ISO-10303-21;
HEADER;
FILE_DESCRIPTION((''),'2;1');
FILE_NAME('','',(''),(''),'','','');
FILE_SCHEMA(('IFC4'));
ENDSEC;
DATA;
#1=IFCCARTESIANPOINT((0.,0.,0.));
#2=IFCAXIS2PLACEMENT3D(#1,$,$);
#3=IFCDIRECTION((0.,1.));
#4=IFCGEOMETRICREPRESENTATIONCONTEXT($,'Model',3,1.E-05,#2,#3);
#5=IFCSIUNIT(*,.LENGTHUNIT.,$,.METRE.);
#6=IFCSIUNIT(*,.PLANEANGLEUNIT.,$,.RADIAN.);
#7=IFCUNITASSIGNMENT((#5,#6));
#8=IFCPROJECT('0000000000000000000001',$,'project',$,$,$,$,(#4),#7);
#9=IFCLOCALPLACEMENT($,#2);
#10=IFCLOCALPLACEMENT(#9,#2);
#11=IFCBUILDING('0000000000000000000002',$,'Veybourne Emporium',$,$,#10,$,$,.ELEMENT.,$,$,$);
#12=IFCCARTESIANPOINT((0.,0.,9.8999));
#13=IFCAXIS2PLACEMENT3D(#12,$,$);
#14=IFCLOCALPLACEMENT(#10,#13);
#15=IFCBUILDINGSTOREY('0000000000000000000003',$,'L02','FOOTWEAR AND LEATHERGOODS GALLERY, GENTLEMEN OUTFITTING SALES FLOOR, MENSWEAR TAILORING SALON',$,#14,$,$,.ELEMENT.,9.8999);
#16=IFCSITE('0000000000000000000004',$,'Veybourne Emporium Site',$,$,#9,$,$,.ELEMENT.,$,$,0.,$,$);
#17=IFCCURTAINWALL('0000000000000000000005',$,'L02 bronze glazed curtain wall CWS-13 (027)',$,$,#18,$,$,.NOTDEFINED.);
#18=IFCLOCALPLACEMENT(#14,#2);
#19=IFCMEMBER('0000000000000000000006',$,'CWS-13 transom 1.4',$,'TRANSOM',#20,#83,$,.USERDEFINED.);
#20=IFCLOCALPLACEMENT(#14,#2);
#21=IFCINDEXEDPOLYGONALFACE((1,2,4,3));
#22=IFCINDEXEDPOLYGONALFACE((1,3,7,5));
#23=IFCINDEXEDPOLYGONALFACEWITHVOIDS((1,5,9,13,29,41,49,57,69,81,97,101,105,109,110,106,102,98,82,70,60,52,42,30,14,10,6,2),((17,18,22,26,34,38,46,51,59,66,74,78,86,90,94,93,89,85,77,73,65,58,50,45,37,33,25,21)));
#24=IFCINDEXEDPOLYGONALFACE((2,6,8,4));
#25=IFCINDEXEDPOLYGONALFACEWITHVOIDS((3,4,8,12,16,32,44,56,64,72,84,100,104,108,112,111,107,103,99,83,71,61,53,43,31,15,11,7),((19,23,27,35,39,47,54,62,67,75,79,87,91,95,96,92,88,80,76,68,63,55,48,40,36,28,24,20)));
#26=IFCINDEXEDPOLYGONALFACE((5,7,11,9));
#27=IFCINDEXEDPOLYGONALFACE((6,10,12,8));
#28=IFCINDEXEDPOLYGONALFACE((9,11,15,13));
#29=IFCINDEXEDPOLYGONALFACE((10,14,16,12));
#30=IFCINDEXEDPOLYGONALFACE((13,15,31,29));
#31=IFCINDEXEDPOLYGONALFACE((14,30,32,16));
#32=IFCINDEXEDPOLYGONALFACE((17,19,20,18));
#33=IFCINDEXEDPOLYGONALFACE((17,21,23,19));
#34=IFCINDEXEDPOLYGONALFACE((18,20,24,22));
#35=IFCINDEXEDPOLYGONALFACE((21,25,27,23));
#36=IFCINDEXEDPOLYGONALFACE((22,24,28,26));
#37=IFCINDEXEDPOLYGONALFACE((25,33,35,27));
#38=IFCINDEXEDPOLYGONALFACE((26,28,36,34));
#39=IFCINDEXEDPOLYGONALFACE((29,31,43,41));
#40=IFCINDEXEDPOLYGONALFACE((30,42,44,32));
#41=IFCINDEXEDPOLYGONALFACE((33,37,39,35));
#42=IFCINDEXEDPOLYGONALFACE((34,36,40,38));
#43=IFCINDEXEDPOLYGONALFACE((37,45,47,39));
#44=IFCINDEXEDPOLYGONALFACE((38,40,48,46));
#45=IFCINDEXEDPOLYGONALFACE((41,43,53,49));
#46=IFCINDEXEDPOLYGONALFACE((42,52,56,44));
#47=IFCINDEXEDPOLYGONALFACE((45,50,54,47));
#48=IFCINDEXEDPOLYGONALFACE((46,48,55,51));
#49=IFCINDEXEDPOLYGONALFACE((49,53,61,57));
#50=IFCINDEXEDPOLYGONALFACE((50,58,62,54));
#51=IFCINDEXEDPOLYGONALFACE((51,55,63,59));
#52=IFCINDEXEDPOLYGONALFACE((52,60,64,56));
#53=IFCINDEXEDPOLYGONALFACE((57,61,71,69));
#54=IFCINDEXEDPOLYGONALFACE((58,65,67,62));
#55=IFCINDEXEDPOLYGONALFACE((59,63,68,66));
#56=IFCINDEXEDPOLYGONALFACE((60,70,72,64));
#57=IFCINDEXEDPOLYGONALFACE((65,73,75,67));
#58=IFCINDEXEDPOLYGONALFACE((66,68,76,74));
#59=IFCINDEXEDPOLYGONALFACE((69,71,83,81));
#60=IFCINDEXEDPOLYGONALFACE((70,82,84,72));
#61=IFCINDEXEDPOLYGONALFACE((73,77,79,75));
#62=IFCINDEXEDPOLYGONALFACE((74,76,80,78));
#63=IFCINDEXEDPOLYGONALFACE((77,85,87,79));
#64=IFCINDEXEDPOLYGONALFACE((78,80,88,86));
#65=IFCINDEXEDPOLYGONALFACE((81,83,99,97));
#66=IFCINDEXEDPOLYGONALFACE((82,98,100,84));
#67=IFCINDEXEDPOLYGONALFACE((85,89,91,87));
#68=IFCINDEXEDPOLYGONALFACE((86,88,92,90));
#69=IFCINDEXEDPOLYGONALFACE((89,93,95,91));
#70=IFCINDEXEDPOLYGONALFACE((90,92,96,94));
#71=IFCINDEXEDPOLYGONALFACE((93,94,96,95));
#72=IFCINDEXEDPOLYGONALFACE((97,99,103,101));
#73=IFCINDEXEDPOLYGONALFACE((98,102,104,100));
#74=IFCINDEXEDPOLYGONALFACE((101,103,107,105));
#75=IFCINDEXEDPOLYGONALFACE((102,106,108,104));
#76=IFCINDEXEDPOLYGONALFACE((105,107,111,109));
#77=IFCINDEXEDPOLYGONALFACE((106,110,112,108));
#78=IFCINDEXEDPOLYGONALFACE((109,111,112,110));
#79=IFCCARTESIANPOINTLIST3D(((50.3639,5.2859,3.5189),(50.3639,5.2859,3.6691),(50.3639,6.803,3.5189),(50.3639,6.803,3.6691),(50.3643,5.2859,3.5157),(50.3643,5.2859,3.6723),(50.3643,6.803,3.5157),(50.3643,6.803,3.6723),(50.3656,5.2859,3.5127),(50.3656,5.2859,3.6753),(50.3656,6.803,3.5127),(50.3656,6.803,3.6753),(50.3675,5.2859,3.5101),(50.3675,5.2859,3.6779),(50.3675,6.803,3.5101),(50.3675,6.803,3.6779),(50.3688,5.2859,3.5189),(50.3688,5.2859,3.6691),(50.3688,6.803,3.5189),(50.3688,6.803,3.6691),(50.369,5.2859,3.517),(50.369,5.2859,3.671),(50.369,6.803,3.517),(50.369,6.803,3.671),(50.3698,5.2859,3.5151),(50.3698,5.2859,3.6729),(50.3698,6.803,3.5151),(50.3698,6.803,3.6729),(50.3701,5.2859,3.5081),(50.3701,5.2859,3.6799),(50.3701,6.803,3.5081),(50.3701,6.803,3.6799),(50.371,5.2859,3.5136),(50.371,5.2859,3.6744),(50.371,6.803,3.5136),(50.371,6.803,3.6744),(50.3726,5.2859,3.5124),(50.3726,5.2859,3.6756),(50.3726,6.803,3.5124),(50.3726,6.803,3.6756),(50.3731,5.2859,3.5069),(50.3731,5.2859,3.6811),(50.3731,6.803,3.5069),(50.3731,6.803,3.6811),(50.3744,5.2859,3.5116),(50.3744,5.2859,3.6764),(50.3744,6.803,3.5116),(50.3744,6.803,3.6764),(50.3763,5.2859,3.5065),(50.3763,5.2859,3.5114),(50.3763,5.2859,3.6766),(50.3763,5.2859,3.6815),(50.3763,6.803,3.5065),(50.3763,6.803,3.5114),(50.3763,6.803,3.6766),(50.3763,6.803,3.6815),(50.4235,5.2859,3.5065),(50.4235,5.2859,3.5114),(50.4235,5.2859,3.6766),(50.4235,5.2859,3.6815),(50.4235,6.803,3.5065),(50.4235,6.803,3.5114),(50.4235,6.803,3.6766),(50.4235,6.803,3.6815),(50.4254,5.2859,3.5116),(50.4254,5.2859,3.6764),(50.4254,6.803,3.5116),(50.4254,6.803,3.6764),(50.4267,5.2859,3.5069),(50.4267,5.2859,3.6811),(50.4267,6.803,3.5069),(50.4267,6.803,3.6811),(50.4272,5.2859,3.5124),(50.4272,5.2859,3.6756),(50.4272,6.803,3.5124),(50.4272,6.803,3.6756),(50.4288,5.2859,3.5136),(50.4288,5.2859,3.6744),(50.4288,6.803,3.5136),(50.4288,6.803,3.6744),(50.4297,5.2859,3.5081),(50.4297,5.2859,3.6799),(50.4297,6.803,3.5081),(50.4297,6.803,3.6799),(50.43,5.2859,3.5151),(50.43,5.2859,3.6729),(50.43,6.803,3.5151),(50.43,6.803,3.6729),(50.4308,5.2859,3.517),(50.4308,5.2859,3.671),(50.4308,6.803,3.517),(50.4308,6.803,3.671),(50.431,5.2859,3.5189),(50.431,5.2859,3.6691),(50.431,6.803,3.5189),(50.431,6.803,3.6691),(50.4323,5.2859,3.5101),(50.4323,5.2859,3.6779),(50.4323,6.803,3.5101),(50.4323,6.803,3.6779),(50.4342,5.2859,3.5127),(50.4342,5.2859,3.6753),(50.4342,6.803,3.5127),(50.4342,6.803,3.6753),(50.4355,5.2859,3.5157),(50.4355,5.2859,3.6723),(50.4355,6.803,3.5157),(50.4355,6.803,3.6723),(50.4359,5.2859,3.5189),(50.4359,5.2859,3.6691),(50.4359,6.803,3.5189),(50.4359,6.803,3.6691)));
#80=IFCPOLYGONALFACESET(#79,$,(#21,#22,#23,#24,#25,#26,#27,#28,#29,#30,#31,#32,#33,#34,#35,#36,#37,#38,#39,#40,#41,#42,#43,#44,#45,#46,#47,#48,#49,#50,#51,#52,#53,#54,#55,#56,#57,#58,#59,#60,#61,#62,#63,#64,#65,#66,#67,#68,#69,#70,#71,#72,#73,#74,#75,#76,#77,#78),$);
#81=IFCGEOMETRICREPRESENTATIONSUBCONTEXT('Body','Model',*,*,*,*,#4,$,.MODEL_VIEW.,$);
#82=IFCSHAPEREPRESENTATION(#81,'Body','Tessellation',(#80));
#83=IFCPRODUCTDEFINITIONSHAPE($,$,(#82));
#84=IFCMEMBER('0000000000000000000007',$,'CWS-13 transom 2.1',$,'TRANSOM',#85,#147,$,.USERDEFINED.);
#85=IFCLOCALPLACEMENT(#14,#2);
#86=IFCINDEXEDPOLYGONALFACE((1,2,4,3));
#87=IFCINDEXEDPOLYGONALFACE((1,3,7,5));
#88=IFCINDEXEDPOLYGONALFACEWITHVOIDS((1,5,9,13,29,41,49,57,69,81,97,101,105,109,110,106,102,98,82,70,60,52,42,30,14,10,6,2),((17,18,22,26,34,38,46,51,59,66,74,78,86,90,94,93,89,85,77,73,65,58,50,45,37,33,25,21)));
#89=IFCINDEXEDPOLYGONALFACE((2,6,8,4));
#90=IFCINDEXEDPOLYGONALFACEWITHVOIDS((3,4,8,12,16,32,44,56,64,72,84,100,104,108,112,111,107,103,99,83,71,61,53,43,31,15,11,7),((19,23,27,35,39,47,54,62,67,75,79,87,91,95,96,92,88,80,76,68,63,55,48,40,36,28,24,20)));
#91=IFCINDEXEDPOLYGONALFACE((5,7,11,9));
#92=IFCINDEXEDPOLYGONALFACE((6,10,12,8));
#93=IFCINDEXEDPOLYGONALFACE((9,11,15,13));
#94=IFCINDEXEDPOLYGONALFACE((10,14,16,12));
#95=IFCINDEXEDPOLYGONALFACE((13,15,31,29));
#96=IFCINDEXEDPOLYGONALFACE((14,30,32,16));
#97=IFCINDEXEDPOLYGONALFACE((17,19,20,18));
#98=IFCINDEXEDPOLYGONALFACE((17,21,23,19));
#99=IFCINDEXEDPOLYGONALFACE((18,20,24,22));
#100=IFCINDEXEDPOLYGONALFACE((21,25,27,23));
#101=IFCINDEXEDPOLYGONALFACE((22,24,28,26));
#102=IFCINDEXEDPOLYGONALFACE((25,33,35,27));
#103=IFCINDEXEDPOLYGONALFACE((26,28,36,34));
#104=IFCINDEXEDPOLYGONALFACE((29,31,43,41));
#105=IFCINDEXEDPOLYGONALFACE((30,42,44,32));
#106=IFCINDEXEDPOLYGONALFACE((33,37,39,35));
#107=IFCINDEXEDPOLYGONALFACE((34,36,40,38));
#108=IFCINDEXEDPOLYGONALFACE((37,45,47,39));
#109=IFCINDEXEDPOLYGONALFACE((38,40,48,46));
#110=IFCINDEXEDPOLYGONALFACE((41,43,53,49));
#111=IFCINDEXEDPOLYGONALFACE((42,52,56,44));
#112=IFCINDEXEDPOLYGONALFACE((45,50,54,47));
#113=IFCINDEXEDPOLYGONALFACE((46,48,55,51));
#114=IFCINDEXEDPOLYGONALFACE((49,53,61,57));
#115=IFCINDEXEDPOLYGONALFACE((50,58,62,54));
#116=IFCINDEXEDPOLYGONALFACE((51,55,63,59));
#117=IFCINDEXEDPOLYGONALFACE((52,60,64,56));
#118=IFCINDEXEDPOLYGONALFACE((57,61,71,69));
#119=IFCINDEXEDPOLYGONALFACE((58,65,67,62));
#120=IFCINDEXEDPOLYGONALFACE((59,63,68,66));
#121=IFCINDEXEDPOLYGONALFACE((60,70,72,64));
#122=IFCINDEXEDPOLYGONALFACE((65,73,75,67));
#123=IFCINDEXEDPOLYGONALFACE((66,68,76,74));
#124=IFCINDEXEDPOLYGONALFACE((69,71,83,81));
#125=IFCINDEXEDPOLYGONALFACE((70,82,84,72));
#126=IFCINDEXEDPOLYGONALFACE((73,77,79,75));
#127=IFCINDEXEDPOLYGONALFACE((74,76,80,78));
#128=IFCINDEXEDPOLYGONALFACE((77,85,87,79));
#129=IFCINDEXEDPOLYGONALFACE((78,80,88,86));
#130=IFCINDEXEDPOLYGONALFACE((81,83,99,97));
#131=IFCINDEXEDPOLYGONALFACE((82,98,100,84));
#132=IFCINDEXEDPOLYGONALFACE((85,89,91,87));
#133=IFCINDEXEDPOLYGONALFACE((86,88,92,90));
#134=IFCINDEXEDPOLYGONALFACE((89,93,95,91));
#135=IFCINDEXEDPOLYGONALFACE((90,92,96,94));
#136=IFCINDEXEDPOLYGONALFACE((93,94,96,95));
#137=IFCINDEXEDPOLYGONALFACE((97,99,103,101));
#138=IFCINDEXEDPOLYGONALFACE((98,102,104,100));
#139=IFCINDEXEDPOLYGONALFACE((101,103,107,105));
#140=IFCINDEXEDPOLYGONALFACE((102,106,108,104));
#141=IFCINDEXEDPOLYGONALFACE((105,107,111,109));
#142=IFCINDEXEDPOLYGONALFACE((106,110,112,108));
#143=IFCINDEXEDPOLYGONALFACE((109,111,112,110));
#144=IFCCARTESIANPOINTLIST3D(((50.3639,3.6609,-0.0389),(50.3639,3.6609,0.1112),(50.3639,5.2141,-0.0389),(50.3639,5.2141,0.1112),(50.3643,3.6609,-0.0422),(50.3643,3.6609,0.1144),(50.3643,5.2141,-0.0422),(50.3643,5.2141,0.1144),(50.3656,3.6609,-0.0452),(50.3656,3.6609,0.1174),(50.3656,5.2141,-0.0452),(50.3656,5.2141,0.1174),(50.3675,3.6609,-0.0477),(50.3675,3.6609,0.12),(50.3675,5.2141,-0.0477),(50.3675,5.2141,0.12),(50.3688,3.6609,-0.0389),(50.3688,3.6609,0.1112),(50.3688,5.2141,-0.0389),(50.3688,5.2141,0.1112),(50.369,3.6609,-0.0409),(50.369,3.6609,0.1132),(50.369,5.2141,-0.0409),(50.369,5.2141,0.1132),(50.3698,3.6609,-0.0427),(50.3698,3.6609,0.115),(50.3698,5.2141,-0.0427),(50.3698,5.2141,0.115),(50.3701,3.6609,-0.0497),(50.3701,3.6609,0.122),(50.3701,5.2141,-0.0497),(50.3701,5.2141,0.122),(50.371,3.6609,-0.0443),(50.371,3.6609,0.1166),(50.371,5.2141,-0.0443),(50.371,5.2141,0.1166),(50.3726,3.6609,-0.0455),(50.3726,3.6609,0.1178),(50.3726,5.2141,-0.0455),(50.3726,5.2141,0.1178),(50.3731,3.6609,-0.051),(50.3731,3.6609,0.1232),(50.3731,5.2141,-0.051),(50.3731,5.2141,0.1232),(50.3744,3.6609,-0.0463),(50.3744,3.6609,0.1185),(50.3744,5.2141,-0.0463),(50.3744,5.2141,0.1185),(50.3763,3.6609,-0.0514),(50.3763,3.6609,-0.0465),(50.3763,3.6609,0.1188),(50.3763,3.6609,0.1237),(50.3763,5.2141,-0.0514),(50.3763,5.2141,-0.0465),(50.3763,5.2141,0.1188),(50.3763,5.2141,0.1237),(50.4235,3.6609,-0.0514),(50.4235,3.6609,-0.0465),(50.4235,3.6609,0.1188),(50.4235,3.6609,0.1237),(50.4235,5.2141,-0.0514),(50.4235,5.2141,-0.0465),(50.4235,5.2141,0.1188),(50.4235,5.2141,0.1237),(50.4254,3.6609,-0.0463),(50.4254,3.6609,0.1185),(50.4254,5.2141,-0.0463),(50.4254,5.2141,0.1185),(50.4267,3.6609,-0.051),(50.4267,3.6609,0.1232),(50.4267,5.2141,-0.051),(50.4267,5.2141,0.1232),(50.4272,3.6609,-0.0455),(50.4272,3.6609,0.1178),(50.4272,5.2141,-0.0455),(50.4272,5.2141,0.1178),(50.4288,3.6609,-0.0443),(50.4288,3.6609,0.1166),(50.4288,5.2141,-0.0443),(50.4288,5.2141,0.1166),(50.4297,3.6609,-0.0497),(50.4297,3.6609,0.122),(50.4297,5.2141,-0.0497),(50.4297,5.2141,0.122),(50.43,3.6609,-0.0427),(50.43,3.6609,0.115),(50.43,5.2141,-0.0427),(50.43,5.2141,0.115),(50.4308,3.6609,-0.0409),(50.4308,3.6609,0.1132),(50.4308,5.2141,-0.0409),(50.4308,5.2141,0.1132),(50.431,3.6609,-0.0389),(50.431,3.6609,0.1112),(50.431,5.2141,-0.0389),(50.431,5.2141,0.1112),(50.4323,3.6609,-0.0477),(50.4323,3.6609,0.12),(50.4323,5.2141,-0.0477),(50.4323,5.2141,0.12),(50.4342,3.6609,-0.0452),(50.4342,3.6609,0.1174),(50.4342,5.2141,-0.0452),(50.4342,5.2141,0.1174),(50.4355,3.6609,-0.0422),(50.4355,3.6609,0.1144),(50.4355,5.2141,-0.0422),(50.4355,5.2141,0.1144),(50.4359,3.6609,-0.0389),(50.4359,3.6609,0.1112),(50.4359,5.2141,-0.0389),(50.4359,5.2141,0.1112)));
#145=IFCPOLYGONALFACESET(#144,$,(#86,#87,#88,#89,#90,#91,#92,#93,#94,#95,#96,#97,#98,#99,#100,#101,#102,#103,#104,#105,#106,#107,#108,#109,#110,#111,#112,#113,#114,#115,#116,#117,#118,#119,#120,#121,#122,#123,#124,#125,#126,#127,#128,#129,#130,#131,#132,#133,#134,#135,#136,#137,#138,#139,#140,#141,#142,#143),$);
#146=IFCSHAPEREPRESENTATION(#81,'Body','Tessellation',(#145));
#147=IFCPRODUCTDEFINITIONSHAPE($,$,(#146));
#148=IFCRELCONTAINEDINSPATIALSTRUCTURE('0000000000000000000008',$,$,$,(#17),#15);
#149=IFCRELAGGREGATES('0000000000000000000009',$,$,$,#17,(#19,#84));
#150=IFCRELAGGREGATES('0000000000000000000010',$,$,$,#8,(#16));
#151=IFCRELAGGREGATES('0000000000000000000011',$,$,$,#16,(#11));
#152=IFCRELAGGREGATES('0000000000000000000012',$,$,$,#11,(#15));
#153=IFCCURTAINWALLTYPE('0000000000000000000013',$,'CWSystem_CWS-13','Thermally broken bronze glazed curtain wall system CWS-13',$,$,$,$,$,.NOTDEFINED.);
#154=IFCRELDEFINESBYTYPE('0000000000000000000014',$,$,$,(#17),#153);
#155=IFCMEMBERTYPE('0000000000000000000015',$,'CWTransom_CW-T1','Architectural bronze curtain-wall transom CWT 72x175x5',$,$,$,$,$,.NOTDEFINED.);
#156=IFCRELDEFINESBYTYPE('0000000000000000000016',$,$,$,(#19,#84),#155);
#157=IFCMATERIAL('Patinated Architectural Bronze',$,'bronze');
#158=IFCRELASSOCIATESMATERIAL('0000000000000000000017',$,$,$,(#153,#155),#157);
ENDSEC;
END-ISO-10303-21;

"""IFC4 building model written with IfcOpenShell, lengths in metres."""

from ifc_helpers import new_model, si_unit, direction, frame, origin, origin_2d, place, context, subcontext, project, spatial, hollow_rectangle, extrude, material, material_profile, profile_set, type_object, element, aggregate, save


model = new_model("IFC4")

# Units and contexts
model_context = context("Model", 3, precision=1e-05, world=origin(), true_north=direction((0.0, 1.0)))
body_context = subcontext(model_context, "Body", "Model", "MODEL_VIEW")
ifc_project = project(units=[si_unit("LENGTHUNIT", "METRE"), si_unit("PLANEANGLEUNIT", "RADIAN")], contexts=[model_context])

# Site, building, storey
site_placement = place(None, origin())
site = spatial("IfcSite", under=ifc_project, at=site_placement, Name="Veybourne Emporium Site", CompositionType="ELEMENT", RefElevation=0.0)
building_placement = place(site_placement, origin())
building = spatial("IfcBuilding", under=site, at=building_placement, Name="Veybourne Emporium", CompositionType="ELEMENT")
storey_placement = place(building_placement, frame((0.0, 0.0, 9.8999)))
storey = spatial("IfcBuildingStorey", under=building, at=storey_placement, Name="L02", Description="FOOTWEAR AND LEATHERGOODS GALLERY, GENTLEMEN OUTFITTING SALES FLOOR, MENSWEAR TAILORING SALON", CompositionType="ELEMENT", Elevation=9.8999)

# Curtain wall
ifc_material_1 = material(Name="Patinated Architectural Bronze", Category="bronze")
curtain_wall_type_1 = type_object("IfcCurtainWallType", Name="CWSystem_CWS-13", Description="Thermally broken bronze glazed curtain wall system CWS-13", PredefinedType="NOTDEFINED", material=ifc_material_1)
curtain_wall_1_placement = place(storey_placement, origin())
curtain_wall_1 = element("IfcCurtainWall", 1, at=curtain_wall_1_placement, inside=storey, type_object=curtain_wall_type_1, Name="L02 bronze glazed curtain wall CWS-13 (027)", PredefinedType="NOTDEFINED")

# Members
ifc_material_profile_1 = material_profile(ifc_material_1, hollow_rectangle(XDim=0.072, YDim=0.175, WallThickness=0.0049, InnerFilletRadius=0.0076, OuterFilletRadius=0.0125, at=origin_2d()), Name="CWT 72x175x5")
ifc_profile_set_1 = profile_set([ifc_material_profile_1], Name="Patinated Architectural Bronze")
member_type_1 = type_object("IfcMemberType", Name="CWTransom_CW-T1", Description="Architectural bronze curtain-wall transom CWT 72x175x5", PredefinedType="NOTDEFINED", material=ifc_profile_set_1)
member_1_placement = place(storey_placement, frame((50.3999, 6.803, 3.594), z_axis=(0.0, -1.0, 0.0), x_axis=(1.0, 0.0, 0.0)))
member_1 = element("IfcMember", 2, at=member_1_placement, type_object=member_type_1, Name="CWS-13 transom 1.4", ObjectType="TRANSOM", PredefinedType="USERDEFINED", context=body_context, shape_type="SweptSolid", body=[
    extrude(hollow_rectangle(XDim=0.072, YDim=0.175, WallThickness=0.0049, InnerFilletRadius=0.0076, OuterFilletRadius=0.0125, at=origin_2d()), origin(), (0.0, 0.0, 1.0), 1.5171),
])
member_2_placement = place(storey_placement, frame((50.3999, 5.2141, 0.0361), z_axis=(0.0, -1.0, 0.0), x_axis=(1.0, 0.0, 0.0)))
member_2 = element("IfcMember", 3, at=member_2_placement, type_object=member_type_1, Name="CWS-13 transom 2.1", ObjectType="TRANSOM", PredefinedType="USERDEFINED", context=body_context, shape_type="SweptSolid", body=[
    extrude(hollow_rectangle(XDim=0.072, YDim=0.175, WallThickness=0.0049, InnerFilletRadius=0.0076, OuterFilletRadius=0.0125, at=origin_2d()), origin(), (0.0, 0.0, 1.0), 1.5532),
])

aggregate(curtain_wall_1, [member_1, member_2])

save(model, "model.ifc")
